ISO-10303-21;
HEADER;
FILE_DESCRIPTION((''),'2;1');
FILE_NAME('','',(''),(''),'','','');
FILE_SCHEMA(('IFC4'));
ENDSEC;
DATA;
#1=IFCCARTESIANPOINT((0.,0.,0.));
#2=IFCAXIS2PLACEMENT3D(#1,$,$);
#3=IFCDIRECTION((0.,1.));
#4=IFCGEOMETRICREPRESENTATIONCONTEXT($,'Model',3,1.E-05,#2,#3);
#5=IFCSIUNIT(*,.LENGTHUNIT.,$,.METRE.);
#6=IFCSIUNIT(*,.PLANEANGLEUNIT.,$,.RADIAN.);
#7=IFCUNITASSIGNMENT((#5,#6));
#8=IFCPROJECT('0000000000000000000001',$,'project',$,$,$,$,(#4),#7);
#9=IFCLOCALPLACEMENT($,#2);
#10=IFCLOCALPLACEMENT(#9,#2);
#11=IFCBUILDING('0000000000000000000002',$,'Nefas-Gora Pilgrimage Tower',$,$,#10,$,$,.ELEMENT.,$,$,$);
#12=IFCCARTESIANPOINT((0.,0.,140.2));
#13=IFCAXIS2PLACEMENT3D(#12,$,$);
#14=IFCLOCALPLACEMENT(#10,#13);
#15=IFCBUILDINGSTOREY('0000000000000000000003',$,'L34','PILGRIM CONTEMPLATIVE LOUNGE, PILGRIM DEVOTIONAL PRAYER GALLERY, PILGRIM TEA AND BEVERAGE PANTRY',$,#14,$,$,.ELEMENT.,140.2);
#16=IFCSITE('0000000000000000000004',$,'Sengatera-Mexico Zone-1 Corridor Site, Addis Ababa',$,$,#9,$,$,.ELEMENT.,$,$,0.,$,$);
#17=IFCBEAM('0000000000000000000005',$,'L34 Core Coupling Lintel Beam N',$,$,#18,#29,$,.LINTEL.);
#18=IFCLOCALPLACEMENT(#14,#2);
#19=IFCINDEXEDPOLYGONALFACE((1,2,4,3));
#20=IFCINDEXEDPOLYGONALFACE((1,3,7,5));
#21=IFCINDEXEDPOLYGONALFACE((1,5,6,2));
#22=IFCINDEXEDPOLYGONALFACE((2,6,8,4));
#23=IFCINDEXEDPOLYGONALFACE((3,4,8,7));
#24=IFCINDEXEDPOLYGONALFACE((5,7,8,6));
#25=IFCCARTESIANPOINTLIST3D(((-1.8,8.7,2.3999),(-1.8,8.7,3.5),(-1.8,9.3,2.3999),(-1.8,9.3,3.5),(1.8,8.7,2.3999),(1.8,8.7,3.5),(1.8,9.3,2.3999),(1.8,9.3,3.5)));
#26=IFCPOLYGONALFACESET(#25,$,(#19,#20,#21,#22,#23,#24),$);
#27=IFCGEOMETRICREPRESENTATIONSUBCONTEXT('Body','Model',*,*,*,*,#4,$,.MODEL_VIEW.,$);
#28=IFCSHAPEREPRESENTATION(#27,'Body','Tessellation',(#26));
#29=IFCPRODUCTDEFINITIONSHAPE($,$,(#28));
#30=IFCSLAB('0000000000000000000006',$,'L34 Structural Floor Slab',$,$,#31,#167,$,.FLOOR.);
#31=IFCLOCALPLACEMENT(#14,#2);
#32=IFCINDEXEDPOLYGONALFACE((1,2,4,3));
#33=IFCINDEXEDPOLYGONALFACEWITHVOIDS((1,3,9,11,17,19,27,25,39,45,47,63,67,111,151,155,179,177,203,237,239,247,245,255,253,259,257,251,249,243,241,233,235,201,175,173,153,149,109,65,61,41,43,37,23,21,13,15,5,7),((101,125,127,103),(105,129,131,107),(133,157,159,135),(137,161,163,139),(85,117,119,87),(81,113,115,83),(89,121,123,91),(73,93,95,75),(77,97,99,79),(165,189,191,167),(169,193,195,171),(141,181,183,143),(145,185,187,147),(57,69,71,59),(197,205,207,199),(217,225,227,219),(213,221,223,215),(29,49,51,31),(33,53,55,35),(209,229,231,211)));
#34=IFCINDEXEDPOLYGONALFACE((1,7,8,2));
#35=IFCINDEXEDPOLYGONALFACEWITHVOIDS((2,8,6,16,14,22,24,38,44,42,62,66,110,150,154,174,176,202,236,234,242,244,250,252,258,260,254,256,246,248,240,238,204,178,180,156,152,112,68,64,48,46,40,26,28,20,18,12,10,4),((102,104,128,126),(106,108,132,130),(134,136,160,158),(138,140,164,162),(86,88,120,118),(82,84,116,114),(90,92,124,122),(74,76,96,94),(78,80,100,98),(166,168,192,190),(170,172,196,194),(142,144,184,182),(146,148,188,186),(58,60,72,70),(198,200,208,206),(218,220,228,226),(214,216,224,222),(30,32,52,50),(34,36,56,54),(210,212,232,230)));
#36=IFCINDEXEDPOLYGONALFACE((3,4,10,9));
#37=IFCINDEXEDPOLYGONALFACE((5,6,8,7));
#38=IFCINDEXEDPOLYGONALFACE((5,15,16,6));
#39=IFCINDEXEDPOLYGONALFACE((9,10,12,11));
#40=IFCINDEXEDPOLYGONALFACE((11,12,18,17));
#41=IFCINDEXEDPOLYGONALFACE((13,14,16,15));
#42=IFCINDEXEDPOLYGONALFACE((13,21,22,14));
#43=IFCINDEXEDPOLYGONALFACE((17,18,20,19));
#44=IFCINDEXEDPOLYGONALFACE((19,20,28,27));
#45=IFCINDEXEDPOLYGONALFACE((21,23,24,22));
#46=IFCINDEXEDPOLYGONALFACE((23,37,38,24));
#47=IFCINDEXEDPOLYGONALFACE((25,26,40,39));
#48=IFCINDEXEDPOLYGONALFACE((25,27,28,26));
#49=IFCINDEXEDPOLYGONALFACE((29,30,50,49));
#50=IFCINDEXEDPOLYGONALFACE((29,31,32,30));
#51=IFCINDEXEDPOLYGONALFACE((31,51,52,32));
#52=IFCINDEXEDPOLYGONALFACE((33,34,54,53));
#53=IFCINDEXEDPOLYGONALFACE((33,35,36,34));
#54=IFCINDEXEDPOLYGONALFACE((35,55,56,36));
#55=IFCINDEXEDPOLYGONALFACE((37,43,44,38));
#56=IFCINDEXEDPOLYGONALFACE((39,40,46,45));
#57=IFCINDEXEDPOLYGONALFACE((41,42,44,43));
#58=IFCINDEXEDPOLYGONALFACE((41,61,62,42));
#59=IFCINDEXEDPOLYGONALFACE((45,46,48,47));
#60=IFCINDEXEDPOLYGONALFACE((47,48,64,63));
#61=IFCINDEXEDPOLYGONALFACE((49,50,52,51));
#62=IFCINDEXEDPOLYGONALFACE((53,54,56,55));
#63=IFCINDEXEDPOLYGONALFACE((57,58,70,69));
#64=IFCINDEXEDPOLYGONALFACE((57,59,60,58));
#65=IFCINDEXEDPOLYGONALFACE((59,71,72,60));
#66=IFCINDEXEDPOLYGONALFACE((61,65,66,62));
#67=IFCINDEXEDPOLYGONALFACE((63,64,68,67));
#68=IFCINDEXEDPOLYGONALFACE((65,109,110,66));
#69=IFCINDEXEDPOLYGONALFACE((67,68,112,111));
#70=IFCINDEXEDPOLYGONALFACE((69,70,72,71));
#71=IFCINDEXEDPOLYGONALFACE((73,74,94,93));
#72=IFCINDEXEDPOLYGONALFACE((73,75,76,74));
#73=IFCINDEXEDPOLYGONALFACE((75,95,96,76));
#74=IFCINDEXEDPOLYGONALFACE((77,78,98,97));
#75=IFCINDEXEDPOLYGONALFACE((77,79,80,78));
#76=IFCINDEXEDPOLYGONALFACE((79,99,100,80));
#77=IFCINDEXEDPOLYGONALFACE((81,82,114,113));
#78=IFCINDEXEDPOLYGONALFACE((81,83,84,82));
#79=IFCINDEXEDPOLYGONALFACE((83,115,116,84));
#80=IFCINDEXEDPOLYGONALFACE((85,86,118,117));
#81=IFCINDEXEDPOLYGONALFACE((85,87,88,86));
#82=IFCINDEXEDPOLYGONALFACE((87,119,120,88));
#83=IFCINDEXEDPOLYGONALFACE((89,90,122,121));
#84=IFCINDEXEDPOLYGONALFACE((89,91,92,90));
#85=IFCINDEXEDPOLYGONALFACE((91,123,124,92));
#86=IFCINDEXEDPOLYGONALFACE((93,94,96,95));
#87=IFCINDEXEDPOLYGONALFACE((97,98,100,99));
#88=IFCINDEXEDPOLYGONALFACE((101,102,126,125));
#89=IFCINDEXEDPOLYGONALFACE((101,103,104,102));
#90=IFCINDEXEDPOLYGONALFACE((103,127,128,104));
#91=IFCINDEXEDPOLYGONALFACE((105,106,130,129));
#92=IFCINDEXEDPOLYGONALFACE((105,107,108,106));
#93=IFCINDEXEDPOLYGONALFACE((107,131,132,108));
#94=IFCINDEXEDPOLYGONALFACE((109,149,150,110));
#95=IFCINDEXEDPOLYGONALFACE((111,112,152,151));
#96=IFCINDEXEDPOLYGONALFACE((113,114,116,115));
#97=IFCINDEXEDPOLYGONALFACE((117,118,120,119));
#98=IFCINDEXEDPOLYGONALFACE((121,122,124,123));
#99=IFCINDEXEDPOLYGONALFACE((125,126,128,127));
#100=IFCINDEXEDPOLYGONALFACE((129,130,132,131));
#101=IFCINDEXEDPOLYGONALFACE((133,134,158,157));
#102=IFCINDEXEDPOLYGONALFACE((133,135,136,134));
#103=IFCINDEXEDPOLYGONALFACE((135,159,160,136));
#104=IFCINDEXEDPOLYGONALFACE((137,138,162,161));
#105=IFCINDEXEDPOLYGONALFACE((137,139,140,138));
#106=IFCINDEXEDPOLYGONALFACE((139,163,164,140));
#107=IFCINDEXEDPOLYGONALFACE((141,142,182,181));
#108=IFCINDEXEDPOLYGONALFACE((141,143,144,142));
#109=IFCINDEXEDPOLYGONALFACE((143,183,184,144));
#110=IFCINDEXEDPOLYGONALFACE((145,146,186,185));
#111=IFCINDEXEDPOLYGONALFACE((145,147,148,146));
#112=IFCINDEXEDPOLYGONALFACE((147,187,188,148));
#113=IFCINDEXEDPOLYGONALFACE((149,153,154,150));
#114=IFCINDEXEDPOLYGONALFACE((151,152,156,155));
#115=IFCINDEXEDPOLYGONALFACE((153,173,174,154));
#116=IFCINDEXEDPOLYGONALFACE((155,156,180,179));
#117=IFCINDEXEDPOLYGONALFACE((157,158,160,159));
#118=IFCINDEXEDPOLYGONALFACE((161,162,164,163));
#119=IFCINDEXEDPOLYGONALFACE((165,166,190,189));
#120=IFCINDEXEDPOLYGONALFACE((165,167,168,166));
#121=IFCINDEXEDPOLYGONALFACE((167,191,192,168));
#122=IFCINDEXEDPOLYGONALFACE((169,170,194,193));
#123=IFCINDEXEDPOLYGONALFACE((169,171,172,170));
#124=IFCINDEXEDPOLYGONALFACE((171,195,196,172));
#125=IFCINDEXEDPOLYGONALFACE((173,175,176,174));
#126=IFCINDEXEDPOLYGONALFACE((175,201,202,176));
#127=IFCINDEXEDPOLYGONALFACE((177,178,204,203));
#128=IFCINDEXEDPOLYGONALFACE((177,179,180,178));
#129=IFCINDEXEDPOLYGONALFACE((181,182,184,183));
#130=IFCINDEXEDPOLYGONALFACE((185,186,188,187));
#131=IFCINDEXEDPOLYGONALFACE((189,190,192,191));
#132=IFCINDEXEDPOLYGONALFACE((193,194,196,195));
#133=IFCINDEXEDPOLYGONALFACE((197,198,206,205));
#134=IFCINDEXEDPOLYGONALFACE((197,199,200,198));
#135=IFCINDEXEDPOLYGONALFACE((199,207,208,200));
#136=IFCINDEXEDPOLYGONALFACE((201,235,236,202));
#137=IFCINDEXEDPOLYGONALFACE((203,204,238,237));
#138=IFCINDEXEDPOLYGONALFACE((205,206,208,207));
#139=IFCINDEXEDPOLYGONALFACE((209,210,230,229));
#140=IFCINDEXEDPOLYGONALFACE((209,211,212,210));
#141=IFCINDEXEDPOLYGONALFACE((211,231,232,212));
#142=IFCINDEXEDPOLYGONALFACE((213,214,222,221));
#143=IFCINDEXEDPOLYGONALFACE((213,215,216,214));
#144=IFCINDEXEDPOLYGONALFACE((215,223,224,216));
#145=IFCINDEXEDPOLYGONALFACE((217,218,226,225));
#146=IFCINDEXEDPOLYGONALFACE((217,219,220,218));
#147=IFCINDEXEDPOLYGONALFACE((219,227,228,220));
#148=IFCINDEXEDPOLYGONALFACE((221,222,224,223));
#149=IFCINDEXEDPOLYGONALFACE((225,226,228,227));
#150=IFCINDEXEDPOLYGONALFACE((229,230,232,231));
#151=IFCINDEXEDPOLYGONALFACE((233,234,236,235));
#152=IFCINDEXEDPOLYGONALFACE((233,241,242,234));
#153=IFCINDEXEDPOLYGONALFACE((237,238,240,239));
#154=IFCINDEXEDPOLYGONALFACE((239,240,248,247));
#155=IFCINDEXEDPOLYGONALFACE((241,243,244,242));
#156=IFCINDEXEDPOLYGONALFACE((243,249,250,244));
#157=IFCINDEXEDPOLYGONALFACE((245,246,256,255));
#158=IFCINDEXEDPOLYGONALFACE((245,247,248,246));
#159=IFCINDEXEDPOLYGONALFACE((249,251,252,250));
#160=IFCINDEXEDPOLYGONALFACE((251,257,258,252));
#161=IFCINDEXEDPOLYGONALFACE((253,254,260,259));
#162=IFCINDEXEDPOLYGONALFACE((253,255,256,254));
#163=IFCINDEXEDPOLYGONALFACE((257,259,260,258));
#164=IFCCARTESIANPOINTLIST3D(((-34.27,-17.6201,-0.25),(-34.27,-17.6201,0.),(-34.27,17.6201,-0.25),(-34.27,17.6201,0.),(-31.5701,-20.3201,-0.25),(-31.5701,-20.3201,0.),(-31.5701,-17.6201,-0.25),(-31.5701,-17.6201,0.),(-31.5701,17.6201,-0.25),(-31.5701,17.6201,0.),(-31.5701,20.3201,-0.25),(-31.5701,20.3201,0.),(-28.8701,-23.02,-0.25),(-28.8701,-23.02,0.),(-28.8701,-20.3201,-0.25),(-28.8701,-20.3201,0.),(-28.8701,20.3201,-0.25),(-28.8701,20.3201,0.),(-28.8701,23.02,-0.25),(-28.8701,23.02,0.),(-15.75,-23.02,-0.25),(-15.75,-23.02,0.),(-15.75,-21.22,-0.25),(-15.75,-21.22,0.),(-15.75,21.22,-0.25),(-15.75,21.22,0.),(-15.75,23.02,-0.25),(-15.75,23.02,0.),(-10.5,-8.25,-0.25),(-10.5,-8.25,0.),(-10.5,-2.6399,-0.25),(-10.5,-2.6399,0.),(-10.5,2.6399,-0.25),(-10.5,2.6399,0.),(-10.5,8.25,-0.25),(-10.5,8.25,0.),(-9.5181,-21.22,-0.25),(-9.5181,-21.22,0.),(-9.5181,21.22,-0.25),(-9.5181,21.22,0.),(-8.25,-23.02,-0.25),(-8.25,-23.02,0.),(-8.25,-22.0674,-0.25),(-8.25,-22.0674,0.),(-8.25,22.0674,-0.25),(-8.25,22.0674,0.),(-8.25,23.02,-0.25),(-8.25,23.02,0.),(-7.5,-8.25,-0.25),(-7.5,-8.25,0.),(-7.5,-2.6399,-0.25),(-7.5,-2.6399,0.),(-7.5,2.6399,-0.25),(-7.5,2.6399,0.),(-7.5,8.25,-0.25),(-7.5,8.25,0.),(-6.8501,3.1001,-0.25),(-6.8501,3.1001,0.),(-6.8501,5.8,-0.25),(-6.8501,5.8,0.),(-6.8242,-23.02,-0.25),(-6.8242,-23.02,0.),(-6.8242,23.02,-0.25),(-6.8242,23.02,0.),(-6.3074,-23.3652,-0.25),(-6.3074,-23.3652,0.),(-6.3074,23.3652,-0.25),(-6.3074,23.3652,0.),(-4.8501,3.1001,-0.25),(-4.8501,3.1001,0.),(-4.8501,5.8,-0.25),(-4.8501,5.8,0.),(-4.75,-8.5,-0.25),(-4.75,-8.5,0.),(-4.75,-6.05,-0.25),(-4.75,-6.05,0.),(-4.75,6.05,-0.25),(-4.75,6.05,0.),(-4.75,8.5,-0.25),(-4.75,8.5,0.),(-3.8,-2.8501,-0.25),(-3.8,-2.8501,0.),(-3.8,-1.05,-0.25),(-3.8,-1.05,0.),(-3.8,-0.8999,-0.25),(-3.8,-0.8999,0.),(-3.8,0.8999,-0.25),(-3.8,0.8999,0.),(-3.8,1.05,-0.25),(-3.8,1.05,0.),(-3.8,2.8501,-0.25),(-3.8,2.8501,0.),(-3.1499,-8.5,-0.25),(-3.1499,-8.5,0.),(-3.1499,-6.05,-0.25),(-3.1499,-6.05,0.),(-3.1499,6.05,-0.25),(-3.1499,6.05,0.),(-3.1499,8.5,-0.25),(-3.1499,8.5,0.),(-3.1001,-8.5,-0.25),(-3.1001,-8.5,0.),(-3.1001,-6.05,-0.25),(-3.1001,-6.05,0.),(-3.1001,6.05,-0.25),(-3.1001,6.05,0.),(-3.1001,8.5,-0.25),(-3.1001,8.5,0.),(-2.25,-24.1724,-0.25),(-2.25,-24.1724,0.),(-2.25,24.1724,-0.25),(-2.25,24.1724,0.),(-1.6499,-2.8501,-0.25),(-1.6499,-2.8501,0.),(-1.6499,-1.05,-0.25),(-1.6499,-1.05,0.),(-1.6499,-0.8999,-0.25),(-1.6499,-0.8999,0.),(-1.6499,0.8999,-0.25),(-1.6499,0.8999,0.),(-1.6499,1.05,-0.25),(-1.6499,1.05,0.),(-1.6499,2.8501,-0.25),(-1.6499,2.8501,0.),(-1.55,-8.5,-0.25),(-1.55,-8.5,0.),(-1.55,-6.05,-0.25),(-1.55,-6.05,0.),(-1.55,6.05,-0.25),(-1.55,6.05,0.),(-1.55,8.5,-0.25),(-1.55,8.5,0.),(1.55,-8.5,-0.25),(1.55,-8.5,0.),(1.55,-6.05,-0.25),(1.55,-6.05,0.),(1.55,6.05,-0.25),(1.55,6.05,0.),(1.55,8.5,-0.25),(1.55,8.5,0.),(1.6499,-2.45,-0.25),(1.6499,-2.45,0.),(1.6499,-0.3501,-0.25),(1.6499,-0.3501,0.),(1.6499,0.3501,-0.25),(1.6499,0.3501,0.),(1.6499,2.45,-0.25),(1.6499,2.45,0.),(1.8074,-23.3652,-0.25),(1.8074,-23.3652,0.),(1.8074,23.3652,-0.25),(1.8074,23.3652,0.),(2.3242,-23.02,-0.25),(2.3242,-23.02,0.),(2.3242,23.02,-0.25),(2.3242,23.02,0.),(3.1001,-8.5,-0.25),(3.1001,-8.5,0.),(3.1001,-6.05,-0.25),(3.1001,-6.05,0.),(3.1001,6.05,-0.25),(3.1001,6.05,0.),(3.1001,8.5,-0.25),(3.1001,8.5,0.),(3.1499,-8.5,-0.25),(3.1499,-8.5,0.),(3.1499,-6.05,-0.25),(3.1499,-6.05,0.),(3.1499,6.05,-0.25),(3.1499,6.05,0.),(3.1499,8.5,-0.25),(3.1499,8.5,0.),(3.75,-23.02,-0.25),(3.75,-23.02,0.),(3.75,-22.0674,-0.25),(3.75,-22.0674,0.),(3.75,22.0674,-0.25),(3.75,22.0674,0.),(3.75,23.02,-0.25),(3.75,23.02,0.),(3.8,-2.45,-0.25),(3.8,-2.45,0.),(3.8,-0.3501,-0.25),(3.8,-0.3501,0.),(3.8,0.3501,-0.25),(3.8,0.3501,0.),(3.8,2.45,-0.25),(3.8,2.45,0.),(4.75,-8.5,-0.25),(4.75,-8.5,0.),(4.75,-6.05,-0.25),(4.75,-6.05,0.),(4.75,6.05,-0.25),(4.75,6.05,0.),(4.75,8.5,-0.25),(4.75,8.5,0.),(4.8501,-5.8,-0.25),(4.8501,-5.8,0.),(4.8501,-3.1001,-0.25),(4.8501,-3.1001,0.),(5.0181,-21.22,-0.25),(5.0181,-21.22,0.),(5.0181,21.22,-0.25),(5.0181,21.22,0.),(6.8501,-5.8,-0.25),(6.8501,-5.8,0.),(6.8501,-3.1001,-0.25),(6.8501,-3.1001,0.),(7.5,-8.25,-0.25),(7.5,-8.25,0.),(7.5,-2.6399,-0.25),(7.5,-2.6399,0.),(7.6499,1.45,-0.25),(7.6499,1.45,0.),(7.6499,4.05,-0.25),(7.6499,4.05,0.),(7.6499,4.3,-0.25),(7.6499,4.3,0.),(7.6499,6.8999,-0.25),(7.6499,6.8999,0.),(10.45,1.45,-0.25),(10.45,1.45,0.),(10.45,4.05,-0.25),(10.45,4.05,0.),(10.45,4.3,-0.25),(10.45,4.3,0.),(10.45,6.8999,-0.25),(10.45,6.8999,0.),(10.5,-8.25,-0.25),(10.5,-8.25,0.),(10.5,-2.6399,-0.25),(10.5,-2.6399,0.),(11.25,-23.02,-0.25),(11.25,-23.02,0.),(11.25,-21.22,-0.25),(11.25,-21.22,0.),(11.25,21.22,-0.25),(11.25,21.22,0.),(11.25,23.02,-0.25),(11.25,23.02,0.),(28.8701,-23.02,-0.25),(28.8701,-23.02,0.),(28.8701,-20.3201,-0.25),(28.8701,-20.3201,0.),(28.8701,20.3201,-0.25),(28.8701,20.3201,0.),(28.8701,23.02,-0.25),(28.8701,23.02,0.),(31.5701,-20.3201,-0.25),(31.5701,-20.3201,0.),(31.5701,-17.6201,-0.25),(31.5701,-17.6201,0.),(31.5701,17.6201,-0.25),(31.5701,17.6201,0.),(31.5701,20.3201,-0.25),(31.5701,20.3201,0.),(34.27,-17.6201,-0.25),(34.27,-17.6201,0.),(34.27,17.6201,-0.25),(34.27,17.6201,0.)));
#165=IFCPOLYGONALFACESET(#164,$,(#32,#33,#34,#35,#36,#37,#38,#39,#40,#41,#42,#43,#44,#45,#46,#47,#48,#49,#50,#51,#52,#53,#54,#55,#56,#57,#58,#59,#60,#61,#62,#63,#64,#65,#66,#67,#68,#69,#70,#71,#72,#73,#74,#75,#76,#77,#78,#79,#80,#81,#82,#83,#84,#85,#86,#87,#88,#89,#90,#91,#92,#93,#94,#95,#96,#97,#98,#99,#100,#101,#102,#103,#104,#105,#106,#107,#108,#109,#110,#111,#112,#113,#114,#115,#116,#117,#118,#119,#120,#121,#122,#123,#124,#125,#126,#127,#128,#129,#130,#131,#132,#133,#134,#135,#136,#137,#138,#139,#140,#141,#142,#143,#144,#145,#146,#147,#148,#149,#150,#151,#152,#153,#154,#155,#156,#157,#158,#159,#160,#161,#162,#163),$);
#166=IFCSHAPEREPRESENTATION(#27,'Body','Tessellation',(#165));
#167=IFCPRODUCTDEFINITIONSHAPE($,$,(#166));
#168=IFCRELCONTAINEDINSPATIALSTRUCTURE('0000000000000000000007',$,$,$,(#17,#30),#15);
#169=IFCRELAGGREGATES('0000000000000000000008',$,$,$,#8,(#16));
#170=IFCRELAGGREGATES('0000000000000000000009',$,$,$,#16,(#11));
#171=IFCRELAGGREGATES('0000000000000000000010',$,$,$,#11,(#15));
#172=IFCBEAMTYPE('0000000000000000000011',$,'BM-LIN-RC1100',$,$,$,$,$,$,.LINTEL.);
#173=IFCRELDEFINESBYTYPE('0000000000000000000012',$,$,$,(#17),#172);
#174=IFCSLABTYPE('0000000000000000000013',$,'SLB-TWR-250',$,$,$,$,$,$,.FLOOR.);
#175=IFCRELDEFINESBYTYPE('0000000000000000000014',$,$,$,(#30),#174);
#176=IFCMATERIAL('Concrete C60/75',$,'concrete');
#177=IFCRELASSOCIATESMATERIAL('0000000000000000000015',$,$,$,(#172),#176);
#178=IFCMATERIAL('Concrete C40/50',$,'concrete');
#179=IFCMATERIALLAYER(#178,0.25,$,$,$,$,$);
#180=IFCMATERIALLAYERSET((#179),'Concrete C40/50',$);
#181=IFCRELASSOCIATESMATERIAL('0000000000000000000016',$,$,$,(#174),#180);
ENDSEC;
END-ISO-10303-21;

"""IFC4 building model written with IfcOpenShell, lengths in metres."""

from ifc_helpers import new_model, si_unit, direction, frame, origin, origin_2d, place, context, subcontext, project, spatial, polyline, rectangle, outline, extrude, source, transform, mapped, material, layer, layer_set, material_profile, profile_set, type_object, element, save


model = new_model("IFC4")

# Units and contexts
model_context = context("Model", 3, precision=1e-05, world=origin(), true_north=direction((0.0, 1.0)))
body_context = subcontext(model_context, "Body", "Model", "MODEL_VIEW")
ifc_project = project(units=[si_unit("LENGTHUNIT", "METRE"), si_unit("PLANEANGLEUNIT", "RADIAN")], contexts=[model_context])

# Site, building, storey
site_placement = place(None, origin())
site = spatial("IfcSite", under=ifc_project, at=site_placement, Name="Sengatera-Mexico Zone-1 Corridor Site, Addis Ababa", CompositionType="ELEMENT", RefElevation=0.0)
building_placement = place(site_placement, origin())
building = spatial("IfcBuilding", under=site, at=building_placement, Name="Nefas-Gora Pilgrimage Tower", CompositionType="ELEMENT")
storey_placement = place(building_placement, frame((0.0, 0.0, 140.2)))
storey = spatial("IfcBuildingStorey", under=building, at=storey_placement, Name="L34", Description="PILGRIM CONTEMPLATIVE LOUNGE, PILGRIM DEVOTIONAL PRAYER GALLERY, PILGRIM TEA AND BEVERAGE PANTRY", CompositionType="ELEMENT", Elevation=140.2)

# Beam
ifc_material_1 = material(Name="Concrete C60/75", Category="concrete")
ifc_material_profile = material_profile(ifc_material_1, rectangle(XDim=0.6001, YDim=1.1001, at=origin_2d()), Name="RC 600x1100")
ifc_profile_set = profile_set([ifc_material_profile], Name="Concrete C60/75")
beam_type = type_object("IfcBeamType", Name="BM-LIN-RC1100", PredefinedType="LINTEL", material=ifc_profile_set)
shared_shape_1 = source(origin(), body_context, "Body", "SweptSolid", [
    extrude(rectangle(XDim=0.6001, YDim=1.1001, at=origin_2d()), origin(), (0.0, 0.0, 1.0), 3.6001),
])
beam_placement = place(storey_placement, frame((-1.8, 9.0, 2.95), z_axis=(1.0, 0.0, 0.0), x_axis=(0.0, 1.0, 0.0)))
element("IfcBeam", 1, at=beam_placement, inside=storey, type_object=beam_type, Name="L34 Core Coupling Lintel Beam N", PredefinedType="LINTEL", context=body_context, shape_type="MappedRepresentation", body=[
    mapped(shared_shape_1, transform((0.0, 0.0, 0.0), x_axis=(1.0, 0.0, 0.0), y_axis=(0.0, 1.0, 0.0), z_axis=(0.0, 0.0, 1.0), scale=1.0)),
])

# Slab
ifc_material_2 = material(Name="Concrete C40/50", Category="concrete")
ifc_layer_1 = layer(ifc_material_2, 0.25)
ifc_layer_set_1 = layer_set([ifc_layer_1], Name="Concrete C40/50")
slab_type_1 = type_object("IfcSlabType", Name="SLB-TWR-250", PredefinedType="FLOOR", material=ifc_layer_set_1)
slab_1_placement = place(storey_placement, frame((0.0, 0.0, -0.25)))
element("IfcSlab", 2, at=slab_1_placement, inside=storey, type_object=slab_type_1, Name="L34 Structural Floor Slab", PredefinedType="FLOOR", context=body_context, shape_type="SweptSolid", body=[
    extrude(outline(polyline([(5.0181, -21.22), (11.25, -21.22), (11.25, -23.02), (28.8701, -23.02), (28.8701, -20.3201), (31.5701, -20.3201), (31.5701, -17.6201), (34.27, -17.6201), (34.27, 17.6201), (31.5701, 17.6201), (31.5701, 20.3201), (28.8701, 20.3201), (28.8701, 23.02), (11.25, 23.02), (11.25, 21.22), (5.0181, 21.22), (3.75, 22.0674), (3.75, 23.02), (2.3242, 23.02), (1.8074, 23.3652), (-2.25, 24.1724), (-6.3074, 23.3652), (-6.8242, 23.02), (-8.25, 23.02), (-8.25, 22.0674), (-9.5181, 21.22), (-15.75, 21.22), (-15.75, 23.02), (-28.8701, 23.02), (-28.8701, 20.3201), (-31.5701, 20.3201), (-31.5701, 17.6201), (-34.27, 17.6201), (-34.27, -17.6201), (-31.5701, -17.6201), (-31.5701, -20.3201), (-28.8701, -20.3201), (-28.8701, -23.02), (-15.75, -23.02), (-15.75, -21.22), (-9.5181, -21.22), (-8.25, -22.0674), (-8.25, -23.02), (-6.8242, -23.02), (-6.3074, -23.3652), (-2.25, -24.1724), (1.8074, -23.3652), (2.3242, -23.02), (3.75, -23.02), (3.75, -22.0674), (5.0181, -21.22)]), holes=[polyline([(-10.5, 2.6399), (-10.5, 8.25), (-7.5, 8.25), (-7.5, 2.6399), (-10.5, 2.6399)]), polyline([(10.5, -2.6399), (10.5, -8.25), (7.5, -8.25), (7.5, -2.6399), (10.5, -2.6399)]), polyline([(-7.5, -2.6399), (-7.5, -8.25), (-10.5, -8.25), (-10.5, -2.6399), (-7.5, -2.6399)]), polyline([(-6.8501, 5.8), (-4.8501, 5.8), (-4.8501, 3.1001), (-6.8501, 3.1001), (-6.8501, 5.8)]), polyline([(4.8501, -3.1001), (6.8501, -3.1001), (6.8501, -5.8), (4.8501, -5.8), (4.8501, -3.1001)]), polyline([(7.6499, 4.05), (10.45, 4.05), (10.45, 1.45), (7.6499, 1.45), (7.6499, 4.05)]), polyline([(7.6499, 6.8999), (10.45, 6.8999), (10.45, 4.3), (7.6499, 4.3), (7.6499, 6.8999)]), polyline([(-4.75, 8.5), (-3.1499, 8.5), (-3.1499, 6.05), (-4.75, 6.05), (-4.75, 8.5)]), polyline([(-3.1001, 8.5), (-1.55, 8.5), (-1.55, 6.05), (-3.1001, 6.05), (-3.1001, 8.5)]), polyline([(1.55, 8.5), (3.1001, 8.5), (3.1001, 6.05), (1.55, 6.05), (1.55, 8.5)]), polyline([(3.1499, 8.5), (4.75, 8.5), (4.75, 6.05), (3.1499, 6.05), (3.1499, 8.5)]), polyline([(-4.75, -6.05), (-3.1499, -6.05), (-3.1499, -8.5), (-4.75, -8.5), (-4.75, -6.05)]), polyline([(-3.1001, -6.05), (-1.55, -6.05), (-1.55, -8.5), (-3.1001, -8.5), (-3.1001, -6.05)]), polyline([(1.55, -6.05), (3.1001, -6.05), (3.1001, -8.5), (1.55, -8.5), (1.55, -6.05)]), polyline([(3.1499, -6.05), (4.75, -6.05), (4.75, -8.5), (3.1499, -8.5), (3.1499, -6.05)]), polyline([(-3.8, -1.05), (-1.6499, -1.05), (-1.6499, -2.8501), (-3.8, -2.8501), (-3.8, -1.05)]), polyline([(-3.8, 0.8999), (-1.6499, 0.8999), (-1.6499, -0.8999), (-3.8, -0.8999), (-3.8, 0.8999)]), polyline([(-3.8, 2.8501), (-1.6499, 2.8501), (-1.6499, 1.05), (-3.8, 1.05), (-3.8, 2.8501)]), polyline([(1.6499, -0.3501), (3.8, -0.3501), (3.8, -2.45), (1.6499, -2.45), (1.6499, -0.3501)]), polyline([(1.6499, 2.45), (3.8, 2.45), (3.8, 0.3501), (1.6499, 0.3501), (1.6499, 2.45)])]), origin(), (0.0, 0.0, 1.0), 0.25),
])

save(model, "model.ifc")
